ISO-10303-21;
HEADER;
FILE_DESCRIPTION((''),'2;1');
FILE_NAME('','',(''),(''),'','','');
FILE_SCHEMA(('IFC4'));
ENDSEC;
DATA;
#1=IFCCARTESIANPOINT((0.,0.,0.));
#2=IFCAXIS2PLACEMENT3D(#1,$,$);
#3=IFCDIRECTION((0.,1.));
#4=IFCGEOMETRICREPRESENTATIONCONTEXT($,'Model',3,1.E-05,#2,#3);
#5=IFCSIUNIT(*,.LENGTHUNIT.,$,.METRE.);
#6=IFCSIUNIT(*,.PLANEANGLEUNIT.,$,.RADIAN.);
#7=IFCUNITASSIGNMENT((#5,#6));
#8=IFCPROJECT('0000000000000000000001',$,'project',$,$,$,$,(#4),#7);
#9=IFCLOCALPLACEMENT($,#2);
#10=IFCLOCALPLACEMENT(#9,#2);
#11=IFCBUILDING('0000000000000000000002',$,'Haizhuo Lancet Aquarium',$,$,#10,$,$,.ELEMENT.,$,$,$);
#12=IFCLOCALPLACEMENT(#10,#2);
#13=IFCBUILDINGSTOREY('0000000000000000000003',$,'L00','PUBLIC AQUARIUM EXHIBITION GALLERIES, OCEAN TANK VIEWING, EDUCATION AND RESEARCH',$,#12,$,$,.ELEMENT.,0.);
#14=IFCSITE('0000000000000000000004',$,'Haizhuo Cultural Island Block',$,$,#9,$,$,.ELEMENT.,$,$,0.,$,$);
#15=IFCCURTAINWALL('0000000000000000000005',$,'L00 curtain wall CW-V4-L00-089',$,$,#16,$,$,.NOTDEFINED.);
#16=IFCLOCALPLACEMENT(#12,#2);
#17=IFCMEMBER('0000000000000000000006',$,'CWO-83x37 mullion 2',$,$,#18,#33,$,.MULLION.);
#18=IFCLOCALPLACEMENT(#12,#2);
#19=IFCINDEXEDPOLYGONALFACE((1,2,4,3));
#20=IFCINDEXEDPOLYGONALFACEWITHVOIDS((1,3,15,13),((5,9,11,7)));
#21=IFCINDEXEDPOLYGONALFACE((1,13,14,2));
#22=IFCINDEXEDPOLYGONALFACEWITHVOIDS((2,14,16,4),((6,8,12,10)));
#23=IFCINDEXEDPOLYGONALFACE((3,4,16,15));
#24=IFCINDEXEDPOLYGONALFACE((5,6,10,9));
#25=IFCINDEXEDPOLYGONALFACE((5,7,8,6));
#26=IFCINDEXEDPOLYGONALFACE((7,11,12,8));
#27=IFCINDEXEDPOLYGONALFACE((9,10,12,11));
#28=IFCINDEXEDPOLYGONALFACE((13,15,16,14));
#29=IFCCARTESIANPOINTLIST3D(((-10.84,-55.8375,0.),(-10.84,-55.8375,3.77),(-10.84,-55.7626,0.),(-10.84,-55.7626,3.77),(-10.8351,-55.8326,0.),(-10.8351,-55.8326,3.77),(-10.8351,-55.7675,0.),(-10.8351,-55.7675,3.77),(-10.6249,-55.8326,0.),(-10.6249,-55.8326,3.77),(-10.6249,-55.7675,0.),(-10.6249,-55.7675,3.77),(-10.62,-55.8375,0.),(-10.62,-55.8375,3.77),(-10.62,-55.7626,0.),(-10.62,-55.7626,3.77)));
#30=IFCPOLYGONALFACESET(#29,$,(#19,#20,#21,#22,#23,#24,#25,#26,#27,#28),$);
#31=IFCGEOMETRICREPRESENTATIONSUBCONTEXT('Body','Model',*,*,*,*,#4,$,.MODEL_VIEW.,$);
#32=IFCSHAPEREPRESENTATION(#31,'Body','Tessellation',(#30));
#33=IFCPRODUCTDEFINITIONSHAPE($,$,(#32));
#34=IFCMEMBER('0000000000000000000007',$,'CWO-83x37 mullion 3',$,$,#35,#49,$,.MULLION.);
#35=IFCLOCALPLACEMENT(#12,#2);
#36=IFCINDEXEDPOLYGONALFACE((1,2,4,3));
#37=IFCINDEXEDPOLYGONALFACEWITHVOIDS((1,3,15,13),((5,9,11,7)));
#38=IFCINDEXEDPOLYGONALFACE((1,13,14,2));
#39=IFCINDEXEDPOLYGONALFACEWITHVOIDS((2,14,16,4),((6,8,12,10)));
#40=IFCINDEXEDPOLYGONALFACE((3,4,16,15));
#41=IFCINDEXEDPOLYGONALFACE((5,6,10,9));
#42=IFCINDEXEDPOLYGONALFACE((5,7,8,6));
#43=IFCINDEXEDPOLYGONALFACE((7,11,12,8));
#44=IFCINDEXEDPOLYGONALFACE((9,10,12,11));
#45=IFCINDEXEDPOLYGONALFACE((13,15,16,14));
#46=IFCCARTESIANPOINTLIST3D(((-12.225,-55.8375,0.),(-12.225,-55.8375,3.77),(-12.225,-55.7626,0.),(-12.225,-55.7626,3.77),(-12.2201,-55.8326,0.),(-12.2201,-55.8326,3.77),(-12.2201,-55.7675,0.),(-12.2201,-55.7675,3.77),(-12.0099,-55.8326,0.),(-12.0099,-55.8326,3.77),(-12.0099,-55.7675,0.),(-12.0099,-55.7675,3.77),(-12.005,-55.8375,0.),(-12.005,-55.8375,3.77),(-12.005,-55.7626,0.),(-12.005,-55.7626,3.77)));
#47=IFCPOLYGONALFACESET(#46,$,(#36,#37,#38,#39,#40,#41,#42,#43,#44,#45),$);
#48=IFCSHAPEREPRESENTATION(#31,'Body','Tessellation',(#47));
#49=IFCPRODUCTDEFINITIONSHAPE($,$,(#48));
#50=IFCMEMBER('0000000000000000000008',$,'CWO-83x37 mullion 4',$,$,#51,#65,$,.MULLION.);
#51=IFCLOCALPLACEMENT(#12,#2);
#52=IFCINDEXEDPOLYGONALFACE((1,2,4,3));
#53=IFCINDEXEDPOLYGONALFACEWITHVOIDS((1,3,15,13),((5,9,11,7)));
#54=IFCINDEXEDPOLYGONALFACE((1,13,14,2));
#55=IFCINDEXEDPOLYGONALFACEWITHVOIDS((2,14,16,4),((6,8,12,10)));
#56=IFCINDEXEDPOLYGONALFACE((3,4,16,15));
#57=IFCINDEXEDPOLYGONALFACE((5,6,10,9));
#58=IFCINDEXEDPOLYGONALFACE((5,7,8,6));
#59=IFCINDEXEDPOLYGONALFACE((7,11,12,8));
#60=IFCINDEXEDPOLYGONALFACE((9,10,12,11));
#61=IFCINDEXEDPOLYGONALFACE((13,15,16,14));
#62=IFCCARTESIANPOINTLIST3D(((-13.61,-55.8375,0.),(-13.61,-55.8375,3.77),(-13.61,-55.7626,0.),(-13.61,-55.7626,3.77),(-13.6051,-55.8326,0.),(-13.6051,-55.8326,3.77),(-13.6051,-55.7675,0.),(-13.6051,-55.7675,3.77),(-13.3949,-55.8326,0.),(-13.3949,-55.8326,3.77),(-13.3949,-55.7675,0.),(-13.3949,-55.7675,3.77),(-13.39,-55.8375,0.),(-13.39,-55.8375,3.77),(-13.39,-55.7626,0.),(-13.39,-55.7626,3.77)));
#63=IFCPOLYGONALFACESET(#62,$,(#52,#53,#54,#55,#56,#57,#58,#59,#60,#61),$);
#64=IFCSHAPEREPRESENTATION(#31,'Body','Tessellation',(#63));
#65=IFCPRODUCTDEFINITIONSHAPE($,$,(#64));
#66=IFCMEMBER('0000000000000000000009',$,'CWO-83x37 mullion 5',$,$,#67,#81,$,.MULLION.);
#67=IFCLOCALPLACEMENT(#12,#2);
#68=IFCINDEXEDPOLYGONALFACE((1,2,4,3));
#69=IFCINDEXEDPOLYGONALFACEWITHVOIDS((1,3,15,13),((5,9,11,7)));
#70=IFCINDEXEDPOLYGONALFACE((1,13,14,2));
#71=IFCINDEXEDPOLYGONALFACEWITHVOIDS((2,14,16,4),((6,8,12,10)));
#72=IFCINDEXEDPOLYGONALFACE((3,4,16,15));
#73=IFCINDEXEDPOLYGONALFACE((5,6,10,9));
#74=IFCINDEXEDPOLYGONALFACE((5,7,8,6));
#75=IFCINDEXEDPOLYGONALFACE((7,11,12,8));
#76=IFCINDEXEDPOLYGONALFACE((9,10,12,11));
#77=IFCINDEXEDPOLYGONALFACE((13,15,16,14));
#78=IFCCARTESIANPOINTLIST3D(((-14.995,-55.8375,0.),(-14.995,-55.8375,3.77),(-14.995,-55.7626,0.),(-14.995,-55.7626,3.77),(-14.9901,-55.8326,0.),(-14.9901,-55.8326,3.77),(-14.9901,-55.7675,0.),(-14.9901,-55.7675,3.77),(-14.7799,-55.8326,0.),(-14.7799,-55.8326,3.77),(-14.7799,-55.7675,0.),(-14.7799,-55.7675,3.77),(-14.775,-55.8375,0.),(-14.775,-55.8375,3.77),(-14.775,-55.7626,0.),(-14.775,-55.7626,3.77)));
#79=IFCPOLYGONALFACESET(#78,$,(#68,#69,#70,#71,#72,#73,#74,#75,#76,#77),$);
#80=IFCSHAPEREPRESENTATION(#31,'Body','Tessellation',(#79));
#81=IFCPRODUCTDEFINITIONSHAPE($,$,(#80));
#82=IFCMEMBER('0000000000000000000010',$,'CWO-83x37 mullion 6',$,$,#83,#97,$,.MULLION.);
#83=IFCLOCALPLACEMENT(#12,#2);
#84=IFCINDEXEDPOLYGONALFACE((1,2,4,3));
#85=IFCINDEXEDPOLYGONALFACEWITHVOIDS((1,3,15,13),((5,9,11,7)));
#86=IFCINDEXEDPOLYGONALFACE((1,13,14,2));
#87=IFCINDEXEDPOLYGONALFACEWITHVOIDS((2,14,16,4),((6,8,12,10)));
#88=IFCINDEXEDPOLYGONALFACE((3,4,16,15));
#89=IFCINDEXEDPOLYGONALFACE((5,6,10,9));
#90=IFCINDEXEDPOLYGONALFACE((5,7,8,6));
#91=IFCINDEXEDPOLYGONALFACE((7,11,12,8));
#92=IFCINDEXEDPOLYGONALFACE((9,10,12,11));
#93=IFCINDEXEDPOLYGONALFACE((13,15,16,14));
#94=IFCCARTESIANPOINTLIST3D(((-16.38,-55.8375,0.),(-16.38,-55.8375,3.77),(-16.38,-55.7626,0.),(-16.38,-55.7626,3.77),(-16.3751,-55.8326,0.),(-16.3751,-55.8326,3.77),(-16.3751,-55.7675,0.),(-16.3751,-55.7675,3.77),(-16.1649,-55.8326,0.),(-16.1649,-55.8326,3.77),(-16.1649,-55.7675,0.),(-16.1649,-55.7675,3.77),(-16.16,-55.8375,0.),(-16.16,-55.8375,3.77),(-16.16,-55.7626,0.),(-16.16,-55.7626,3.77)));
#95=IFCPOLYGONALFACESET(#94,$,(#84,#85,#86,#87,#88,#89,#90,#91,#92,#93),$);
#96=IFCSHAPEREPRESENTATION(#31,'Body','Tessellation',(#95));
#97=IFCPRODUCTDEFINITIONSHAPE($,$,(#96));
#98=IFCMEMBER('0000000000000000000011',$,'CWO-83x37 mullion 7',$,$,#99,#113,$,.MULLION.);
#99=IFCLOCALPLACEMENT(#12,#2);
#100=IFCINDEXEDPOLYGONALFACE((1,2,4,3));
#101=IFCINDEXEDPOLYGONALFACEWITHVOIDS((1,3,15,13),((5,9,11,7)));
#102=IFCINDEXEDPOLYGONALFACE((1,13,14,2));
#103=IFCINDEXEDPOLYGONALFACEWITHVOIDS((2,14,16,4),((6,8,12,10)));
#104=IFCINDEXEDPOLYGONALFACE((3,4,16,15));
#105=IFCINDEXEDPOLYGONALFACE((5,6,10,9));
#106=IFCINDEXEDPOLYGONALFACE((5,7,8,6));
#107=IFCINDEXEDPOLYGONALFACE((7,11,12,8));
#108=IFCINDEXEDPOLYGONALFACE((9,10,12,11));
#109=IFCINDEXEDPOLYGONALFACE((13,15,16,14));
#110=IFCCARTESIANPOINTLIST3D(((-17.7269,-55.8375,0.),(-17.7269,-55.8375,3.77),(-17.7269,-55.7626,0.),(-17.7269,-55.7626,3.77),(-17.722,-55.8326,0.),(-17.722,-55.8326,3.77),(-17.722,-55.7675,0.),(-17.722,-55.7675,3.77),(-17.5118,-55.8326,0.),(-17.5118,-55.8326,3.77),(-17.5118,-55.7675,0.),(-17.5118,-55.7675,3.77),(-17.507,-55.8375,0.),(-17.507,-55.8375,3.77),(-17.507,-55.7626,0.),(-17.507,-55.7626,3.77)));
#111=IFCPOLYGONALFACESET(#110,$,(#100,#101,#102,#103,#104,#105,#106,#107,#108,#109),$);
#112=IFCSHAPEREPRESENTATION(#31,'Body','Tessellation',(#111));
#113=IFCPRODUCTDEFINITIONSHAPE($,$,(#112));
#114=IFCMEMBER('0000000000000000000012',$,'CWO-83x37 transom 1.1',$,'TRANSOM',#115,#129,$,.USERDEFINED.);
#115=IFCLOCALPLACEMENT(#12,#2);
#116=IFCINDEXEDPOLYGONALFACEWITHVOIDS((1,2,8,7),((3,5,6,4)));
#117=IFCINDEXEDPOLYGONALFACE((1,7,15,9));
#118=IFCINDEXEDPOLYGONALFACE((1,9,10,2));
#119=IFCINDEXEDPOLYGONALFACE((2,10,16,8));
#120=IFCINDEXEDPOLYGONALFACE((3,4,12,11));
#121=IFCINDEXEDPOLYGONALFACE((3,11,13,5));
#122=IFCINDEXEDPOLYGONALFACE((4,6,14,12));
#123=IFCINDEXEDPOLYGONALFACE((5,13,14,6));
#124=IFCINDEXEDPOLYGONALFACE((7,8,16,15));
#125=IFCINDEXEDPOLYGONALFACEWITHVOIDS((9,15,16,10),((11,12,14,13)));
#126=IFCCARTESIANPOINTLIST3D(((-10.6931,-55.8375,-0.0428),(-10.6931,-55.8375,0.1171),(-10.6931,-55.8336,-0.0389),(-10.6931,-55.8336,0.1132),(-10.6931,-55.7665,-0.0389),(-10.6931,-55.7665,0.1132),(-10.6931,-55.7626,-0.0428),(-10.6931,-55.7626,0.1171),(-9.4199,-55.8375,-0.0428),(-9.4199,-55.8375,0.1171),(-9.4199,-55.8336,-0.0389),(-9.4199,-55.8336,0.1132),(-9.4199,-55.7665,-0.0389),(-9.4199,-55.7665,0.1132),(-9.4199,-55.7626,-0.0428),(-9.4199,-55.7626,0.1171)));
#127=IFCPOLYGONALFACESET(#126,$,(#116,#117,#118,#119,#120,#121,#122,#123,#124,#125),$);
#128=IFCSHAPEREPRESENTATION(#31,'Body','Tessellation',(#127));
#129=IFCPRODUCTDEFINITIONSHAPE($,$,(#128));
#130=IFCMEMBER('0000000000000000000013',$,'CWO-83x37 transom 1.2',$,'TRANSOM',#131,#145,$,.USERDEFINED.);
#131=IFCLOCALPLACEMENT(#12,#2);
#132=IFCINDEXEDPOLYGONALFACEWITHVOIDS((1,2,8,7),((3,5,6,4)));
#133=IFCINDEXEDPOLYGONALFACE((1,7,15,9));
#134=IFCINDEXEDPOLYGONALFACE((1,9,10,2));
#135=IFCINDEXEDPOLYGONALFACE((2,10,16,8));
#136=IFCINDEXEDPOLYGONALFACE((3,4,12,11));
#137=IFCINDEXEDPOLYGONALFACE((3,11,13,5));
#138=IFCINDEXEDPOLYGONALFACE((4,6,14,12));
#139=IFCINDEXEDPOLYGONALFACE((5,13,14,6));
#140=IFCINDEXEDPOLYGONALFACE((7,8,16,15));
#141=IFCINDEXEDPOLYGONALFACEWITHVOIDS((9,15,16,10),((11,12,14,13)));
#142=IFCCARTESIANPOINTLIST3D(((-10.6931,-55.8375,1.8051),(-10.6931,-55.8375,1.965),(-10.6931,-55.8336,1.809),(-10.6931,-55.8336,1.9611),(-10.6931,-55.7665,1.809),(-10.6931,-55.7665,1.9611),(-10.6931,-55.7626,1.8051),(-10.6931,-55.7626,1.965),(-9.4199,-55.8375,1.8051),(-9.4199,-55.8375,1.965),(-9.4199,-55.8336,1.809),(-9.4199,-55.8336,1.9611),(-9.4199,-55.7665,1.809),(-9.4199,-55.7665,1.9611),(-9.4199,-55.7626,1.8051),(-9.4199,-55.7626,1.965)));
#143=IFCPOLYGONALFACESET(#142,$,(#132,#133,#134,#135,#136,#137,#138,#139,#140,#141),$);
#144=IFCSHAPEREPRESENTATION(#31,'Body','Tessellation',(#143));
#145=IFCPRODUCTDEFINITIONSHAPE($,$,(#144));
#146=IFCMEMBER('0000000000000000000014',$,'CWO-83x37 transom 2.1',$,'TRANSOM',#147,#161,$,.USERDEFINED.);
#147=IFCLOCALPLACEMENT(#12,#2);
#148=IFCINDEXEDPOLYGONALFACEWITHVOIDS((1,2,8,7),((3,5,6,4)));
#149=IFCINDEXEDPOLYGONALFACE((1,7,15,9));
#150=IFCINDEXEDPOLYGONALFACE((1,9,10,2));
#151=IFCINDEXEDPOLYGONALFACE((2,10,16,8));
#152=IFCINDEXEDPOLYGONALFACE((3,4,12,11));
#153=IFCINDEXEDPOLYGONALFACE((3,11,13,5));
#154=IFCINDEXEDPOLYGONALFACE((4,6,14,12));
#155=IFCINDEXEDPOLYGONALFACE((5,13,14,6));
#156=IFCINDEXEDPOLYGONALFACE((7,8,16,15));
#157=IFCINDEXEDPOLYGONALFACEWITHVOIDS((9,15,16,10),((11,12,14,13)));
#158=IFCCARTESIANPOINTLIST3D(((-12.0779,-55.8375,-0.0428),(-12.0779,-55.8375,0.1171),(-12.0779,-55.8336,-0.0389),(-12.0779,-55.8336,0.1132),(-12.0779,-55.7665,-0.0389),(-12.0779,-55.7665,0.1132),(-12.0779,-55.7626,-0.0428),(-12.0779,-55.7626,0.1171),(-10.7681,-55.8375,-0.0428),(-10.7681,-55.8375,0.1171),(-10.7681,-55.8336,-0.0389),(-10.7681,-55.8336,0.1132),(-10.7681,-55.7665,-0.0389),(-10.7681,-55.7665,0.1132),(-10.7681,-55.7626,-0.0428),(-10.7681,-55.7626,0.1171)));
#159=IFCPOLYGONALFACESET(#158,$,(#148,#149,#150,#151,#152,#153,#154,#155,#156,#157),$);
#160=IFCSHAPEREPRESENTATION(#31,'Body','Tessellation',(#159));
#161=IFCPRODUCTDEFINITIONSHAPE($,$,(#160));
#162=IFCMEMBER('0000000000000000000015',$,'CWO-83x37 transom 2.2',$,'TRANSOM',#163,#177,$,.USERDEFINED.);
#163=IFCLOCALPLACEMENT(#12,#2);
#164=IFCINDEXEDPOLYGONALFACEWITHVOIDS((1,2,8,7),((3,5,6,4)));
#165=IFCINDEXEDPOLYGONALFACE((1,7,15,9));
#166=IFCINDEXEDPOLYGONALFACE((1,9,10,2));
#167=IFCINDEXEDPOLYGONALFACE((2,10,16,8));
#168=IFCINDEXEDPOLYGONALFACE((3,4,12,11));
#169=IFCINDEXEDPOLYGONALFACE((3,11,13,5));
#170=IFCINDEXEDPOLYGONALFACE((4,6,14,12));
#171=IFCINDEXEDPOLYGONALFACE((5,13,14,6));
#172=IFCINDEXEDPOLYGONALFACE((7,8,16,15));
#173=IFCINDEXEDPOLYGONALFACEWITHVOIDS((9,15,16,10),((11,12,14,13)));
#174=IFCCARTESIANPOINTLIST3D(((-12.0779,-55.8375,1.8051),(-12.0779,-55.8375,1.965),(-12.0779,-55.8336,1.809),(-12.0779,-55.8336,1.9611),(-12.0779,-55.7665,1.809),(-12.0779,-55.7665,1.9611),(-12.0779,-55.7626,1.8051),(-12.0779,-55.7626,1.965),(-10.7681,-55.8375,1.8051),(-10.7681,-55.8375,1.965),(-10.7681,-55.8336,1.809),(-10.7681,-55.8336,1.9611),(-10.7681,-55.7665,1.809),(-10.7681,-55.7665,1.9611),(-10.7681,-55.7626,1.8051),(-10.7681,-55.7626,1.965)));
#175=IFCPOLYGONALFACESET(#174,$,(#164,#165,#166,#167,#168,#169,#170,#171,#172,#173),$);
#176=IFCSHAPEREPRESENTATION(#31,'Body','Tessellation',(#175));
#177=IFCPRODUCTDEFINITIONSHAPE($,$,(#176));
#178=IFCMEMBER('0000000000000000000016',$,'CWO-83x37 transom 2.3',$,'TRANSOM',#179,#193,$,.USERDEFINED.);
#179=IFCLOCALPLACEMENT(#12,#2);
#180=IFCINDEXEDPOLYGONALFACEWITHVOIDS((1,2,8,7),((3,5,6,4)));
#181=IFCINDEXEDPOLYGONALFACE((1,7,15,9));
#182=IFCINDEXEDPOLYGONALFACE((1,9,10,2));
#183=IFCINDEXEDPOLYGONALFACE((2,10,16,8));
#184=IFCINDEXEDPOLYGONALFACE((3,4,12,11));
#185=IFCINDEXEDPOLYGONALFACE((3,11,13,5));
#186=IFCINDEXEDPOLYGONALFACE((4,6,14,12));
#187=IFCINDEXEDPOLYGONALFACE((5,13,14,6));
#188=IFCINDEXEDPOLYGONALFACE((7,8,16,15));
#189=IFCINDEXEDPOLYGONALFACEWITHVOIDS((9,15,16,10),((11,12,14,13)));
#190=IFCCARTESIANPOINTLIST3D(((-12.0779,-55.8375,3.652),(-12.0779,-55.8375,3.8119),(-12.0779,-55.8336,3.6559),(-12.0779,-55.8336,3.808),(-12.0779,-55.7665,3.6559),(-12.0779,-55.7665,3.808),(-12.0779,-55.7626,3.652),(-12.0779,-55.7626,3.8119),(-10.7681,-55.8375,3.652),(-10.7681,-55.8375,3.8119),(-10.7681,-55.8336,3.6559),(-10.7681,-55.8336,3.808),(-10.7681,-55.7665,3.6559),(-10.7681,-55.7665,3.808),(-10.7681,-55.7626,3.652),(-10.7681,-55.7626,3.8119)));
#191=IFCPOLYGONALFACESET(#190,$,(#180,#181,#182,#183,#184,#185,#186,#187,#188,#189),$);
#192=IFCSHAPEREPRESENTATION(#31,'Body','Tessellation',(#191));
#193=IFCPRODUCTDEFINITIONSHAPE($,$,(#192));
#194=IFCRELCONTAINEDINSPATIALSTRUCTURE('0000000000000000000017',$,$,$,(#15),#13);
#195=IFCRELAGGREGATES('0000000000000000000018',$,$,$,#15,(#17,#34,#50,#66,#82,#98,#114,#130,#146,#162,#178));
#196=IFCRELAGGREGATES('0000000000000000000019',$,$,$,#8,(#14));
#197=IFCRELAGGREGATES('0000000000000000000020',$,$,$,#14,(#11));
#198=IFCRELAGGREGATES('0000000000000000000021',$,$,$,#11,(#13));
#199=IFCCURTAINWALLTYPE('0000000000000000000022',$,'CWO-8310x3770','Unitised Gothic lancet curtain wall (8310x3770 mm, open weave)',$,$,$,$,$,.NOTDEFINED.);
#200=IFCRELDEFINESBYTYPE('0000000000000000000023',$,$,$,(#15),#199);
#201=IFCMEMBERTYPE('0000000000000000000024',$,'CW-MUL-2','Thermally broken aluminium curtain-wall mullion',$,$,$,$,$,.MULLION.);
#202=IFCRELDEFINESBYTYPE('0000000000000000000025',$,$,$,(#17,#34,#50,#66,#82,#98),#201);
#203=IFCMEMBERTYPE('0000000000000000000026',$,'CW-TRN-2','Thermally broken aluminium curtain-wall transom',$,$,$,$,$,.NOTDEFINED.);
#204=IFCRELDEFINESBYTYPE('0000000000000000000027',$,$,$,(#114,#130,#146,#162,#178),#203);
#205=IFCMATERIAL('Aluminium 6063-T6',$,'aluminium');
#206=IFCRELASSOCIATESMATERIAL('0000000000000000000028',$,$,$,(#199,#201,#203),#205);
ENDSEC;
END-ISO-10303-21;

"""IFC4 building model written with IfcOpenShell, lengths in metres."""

from ifc_helpers import new_model, si_unit, direction, frame, origin, origin_2d, place, context, subcontext, project, spatial, hollow_rectangle, extrude, material, material_profile, profile_set, type_object, element, aggregate, save


model = new_model("IFC4")

# Units and contexts
model_context = context("Model", 3, precision=1e-05, world=origin(), true_north=direction((0.0, 1.0)))
body_context = subcontext(model_context, "Body", "Model", "MODEL_VIEW")
ifc_project = project(units=[si_unit("LENGTHUNIT", "METRE"), si_unit("PLANEANGLEUNIT", "RADIAN")], contexts=[model_context])

# Site, building, storey
site_placement = place(None, origin())
site = spatial("IfcSite", under=ifc_project, at=site_placement, Name="Haizhuo Cultural Island Block", CompositionType="ELEMENT", RefElevation=0.0)
building_placement = place(site_placement, origin())
building = spatial("IfcBuilding", under=site, at=building_placement, Name="Haizhuo Lancet Aquarium", CompositionType="ELEMENT")
storey_placement = place(building_placement, origin())
storey = spatial("IfcBuildingStorey", under=building, at=storey_placement, Name="L00", Description="PUBLIC AQUARIUM EXHIBITION GALLERIES, OCEAN TANK VIEWING, EDUCATION AND RESEARCH", CompositionType="ELEMENT", Elevation=0.0)

# Curtain wall, members
ifc_material_1 = material(Name="Aluminium 6063-T6", Category="aluminium")
curtain_wall_type = type_object("IfcCurtainWallType", Name="CWO-8310x3770", Description="Unitised Gothic lancet curtain wall (8310x3770 mm, open weave)", PredefinedType="NOTDEFINED", material=ifc_material_1)
curtain_wall_placement = place(storey_placement, origin())
curtain_wall = element("IfcCurtainWall", 1, at=curtain_wall_placement, inside=storey, type_object=curtain_wall_type, Name="L00 curtain wall CW-V4-L00-089", PredefinedType="NOTDEFINED")
ifc_material_profile_1 = material_profile(ifc_material_1, hollow_rectangle(XDim=0.075, YDim=0.22, WallThickness=0.0049, at=origin_2d()), Name="ALU-M 75x220x5")
ifc_profile_set_1 = profile_set([ifc_material_profile_1], Name="Aluminium 6063-T6")
member_type_1 = type_object("IfcMemberType", Name="CW-MUL-2", Description="Thermally broken aluminium curtain-wall mullion", PredefinedType="MULLION", material=ifc_profile_set_1)
member_1_placement = place(storey_placement, frame((-10.73, -55.8, 0.0), z_axis=(0.0, 0.0, 1.0), x_axis=(0.0, -1.0, 0.0)))
member_1 = element("IfcMember", 2, at=member_1_placement, type_object=member_type_1, Name="CWO-83x37 mullion 2", PredefinedType="MULLION", context=body_context, shape_type="SweptSolid", body=[
    extrude(hollow_rectangle(XDim=0.075, YDim=0.22, WallThickness=0.0049, at=origin_2d()), origin(), (0.0, 0.0, 1.0), 3.77),
])
member_2_placement = place(storey_placement, frame((-12.115, -55.8, 0.0), z_axis=(0.0, 0.0, 1.0), x_axis=(0.0, -1.0, 0.0)))
member_2 = element("IfcMember", 3, at=member_2_placement, type_object=member_type_1, Name="CWO-83x37 mullion 3", PredefinedType="MULLION", context=body_context, shape_type="SweptSolid", body=[
    extrude(hollow_rectangle(XDim=0.075, YDim=0.22, WallThickness=0.0049, at=origin_2d()), origin(), (0.0, 0.0, 1.0), 3.77),
])
member_3_placement = place(storey_placement, frame((-13.5, -55.8, 0.0), z_axis=(0.0, 0.0, 1.0), x_axis=(0.0, -1.0, 0.0)))
member_3 = element("IfcMember", 4, at=member_3_placement, type_object=member_type_1, Name="CWO-83x37 mullion 4", PredefinedType="MULLION", context=body_context, shape_type="SweptSolid", body=[
    extrude(hollow_rectangle(XDim=0.075, YDim=0.22, WallThickness=0.0049, at=origin_2d()), origin(), (0.0, 0.0, 1.0), 3.77),
])
member_4_placement = place(storey_placement, frame((-14.885, -55.8, 0.0), z_axis=(0.0, 0.0, 1.0), x_axis=(0.0, -1.0, 0.0)))
member_4 = element("IfcMember", 5, at=member_4_placement, type_object=member_type_1, Name="CWO-83x37 mullion 5", PredefinedType="MULLION", context=body_context, shape_type="SweptSolid", body=[
    extrude(hollow_rectangle(XDim=0.075, YDim=0.22, WallThickness=0.0049, at=origin_2d()), origin(), (0.0, 0.0, 1.0), 3.77),
])
member_5_placement = place(storey_placement, frame((-16.27, -55.8, 0.0), z_axis=(0.0, 0.0, 1.0), x_axis=(0.0, -1.0, 0.0)))
member_5 = element("IfcMember", 6, at=member_5_placement, type_object=member_type_1, Name="CWO-83x37 mullion 6", PredefinedType="MULLION", context=body_context, shape_type="SweptSolid", body=[
    extrude(hollow_rectangle(XDim=0.075, YDim=0.22, WallThickness=0.0049, at=origin_2d()), origin(), (0.0, 0.0, 1.0), 3.77),
])
member_6_placement = place(storey_placement, frame((-17.6169, -55.8, 0.0), z_axis=(0.0, 0.0, 1.0), x_axis=(0.0, -1.0, 0.0)))
member_6 = element("IfcMember", 7, at=member_6_placement, type_object=member_type_1, Name="CWO-83x37 mullion 7", PredefinedType="MULLION", context=body_context, shape_type="SweptSolid", body=[
    extrude(hollow_rectangle(XDim=0.075, YDim=0.22, WallThickness=0.0049, at=origin_2d()), origin(), (0.0, 0.0, 1.0), 3.77),
])
ifc_material_profile_2 = material_profile(ifc_material_1, hollow_rectangle(XDim=0.075, YDim=0.1599, WallThickness=0.0039, at=origin_2d()), Name="ALU-T 75x160x4")
ifc_profile_set_2 = profile_set([ifc_material_profile_2], Name="Aluminium 6063-T6")
member_type_2 = type_object("IfcMemberType", Name="CW-TRN-2", Description="Thermally broken aluminium curtain-wall transom", PredefinedType="NOTDEFINED", material=ifc_profile_set_2)
member_7_placement = place(storey_placement, frame((-9.4199, -55.8, 0.0371), z_axis=(-1.0, 0.0, 0.0), x_axis=(0.0, -1.0, 0.0)))
member_7 = element("IfcMember", 8, at=member_7_placement, type_object=member_type_2, Name="CWO-83x37 transom 1.1", ObjectType="TRANSOM", PredefinedType="USERDEFINED", context=body_context, shape_type="SweptSolid", body=[
    extrude(hollow_rectangle(XDim=0.075, YDim=0.1599, WallThickness=0.0039, at=origin_2d()), origin(), (0.0, 0.0, 1.0), 1.2732),
])
member_8_placement = place(storey_placement, frame((-9.4199, -55.8, 1.885), z_axis=(-1.0, 0.0, 0.0), x_axis=(0.0, -1.0, 0.0)))
member_8 = element("IfcMember", 9, at=member_8_placement, type_object=member_type_2, Name="CWO-83x37 transom 1.2", ObjectType="TRANSOM", PredefinedType="USERDEFINED", context=body_context, shape_type="SweptSolid", body=[
    extrude(hollow_rectangle(XDim=0.075, YDim=0.1599, WallThickness=0.0039, at=origin_2d()), origin(), (0.0, 0.0, 1.0), 1.2732),
])
member_9_placement = place(storey_placement, frame((-10.7681, -55.8, 0.0371), z_axis=(-1.0, 0.0, 0.0), x_axis=(0.0, -1.0, 0.0)))
member_9 = element("IfcMember", 10, at=member_9_placement, type_object=member_type_2, Name="CWO-83x37 transom 2.1", ObjectType="TRANSOM", PredefinedType="USERDEFINED", context=body_context, shape_type="SweptSolid", body=[
    extrude(hollow_rectangle(XDim=0.075, YDim=0.1599, WallThickness=0.0039, at=origin_2d()), origin(), (0.0, 0.0, 1.0), 1.3098),
])
member_10_placement = place(storey_placement, frame((-10.7681, -55.8, 1.885), z_axis=(-1.0, 0.0, 0.0), x_axis=(0.0, -1.0, 0.0)))
member_10 = element("IfcMember", 11, at=member_10_placement, type_object=member_type_2, Name="CWO-83x37 transom 2.2", ObjectType="TRANSOM", PredefinedType="USERDEFINED", context=body_context, shape_type="SweptSolid", body=[
    extrude(hollow_rectangle(XDim=0.075, YDim=0.1599, WallThickness=0.0039, at=origin_2d()), origin(), (0.0, 0.0, 1.0), 1.3098),
])
member_11_placement = place(storey_placement, frame((-10.7681, -55.8, 3.7319), z_axis=(-1.0, 0.0, 0.0), x_axis=(0.0, -1.0, 0.0)))
member_11 = element("IfcMember", 12, at=member_11_placement, type_object=member_type_2, Name="CWO-83x37 transom 2.3", ObjectType="TRANSOM", PredefinedType="USERDEFINED", context=body_context, shape_type="SweptSolid", body=[
    extrude(hollow_rectangle(XDim=0.075, YDim=0.1599, WallThickness=0.0039, at=origin_2d()), origin(), (0.0, 0.0, 1.0), 1.3098),
])
aggregate(curtain_wall, [member_1, member_2, member_3, member_4, member_5, member_6, member_7, member_8, member_9, member_10, member_11])

save(model, "model.ifc")
